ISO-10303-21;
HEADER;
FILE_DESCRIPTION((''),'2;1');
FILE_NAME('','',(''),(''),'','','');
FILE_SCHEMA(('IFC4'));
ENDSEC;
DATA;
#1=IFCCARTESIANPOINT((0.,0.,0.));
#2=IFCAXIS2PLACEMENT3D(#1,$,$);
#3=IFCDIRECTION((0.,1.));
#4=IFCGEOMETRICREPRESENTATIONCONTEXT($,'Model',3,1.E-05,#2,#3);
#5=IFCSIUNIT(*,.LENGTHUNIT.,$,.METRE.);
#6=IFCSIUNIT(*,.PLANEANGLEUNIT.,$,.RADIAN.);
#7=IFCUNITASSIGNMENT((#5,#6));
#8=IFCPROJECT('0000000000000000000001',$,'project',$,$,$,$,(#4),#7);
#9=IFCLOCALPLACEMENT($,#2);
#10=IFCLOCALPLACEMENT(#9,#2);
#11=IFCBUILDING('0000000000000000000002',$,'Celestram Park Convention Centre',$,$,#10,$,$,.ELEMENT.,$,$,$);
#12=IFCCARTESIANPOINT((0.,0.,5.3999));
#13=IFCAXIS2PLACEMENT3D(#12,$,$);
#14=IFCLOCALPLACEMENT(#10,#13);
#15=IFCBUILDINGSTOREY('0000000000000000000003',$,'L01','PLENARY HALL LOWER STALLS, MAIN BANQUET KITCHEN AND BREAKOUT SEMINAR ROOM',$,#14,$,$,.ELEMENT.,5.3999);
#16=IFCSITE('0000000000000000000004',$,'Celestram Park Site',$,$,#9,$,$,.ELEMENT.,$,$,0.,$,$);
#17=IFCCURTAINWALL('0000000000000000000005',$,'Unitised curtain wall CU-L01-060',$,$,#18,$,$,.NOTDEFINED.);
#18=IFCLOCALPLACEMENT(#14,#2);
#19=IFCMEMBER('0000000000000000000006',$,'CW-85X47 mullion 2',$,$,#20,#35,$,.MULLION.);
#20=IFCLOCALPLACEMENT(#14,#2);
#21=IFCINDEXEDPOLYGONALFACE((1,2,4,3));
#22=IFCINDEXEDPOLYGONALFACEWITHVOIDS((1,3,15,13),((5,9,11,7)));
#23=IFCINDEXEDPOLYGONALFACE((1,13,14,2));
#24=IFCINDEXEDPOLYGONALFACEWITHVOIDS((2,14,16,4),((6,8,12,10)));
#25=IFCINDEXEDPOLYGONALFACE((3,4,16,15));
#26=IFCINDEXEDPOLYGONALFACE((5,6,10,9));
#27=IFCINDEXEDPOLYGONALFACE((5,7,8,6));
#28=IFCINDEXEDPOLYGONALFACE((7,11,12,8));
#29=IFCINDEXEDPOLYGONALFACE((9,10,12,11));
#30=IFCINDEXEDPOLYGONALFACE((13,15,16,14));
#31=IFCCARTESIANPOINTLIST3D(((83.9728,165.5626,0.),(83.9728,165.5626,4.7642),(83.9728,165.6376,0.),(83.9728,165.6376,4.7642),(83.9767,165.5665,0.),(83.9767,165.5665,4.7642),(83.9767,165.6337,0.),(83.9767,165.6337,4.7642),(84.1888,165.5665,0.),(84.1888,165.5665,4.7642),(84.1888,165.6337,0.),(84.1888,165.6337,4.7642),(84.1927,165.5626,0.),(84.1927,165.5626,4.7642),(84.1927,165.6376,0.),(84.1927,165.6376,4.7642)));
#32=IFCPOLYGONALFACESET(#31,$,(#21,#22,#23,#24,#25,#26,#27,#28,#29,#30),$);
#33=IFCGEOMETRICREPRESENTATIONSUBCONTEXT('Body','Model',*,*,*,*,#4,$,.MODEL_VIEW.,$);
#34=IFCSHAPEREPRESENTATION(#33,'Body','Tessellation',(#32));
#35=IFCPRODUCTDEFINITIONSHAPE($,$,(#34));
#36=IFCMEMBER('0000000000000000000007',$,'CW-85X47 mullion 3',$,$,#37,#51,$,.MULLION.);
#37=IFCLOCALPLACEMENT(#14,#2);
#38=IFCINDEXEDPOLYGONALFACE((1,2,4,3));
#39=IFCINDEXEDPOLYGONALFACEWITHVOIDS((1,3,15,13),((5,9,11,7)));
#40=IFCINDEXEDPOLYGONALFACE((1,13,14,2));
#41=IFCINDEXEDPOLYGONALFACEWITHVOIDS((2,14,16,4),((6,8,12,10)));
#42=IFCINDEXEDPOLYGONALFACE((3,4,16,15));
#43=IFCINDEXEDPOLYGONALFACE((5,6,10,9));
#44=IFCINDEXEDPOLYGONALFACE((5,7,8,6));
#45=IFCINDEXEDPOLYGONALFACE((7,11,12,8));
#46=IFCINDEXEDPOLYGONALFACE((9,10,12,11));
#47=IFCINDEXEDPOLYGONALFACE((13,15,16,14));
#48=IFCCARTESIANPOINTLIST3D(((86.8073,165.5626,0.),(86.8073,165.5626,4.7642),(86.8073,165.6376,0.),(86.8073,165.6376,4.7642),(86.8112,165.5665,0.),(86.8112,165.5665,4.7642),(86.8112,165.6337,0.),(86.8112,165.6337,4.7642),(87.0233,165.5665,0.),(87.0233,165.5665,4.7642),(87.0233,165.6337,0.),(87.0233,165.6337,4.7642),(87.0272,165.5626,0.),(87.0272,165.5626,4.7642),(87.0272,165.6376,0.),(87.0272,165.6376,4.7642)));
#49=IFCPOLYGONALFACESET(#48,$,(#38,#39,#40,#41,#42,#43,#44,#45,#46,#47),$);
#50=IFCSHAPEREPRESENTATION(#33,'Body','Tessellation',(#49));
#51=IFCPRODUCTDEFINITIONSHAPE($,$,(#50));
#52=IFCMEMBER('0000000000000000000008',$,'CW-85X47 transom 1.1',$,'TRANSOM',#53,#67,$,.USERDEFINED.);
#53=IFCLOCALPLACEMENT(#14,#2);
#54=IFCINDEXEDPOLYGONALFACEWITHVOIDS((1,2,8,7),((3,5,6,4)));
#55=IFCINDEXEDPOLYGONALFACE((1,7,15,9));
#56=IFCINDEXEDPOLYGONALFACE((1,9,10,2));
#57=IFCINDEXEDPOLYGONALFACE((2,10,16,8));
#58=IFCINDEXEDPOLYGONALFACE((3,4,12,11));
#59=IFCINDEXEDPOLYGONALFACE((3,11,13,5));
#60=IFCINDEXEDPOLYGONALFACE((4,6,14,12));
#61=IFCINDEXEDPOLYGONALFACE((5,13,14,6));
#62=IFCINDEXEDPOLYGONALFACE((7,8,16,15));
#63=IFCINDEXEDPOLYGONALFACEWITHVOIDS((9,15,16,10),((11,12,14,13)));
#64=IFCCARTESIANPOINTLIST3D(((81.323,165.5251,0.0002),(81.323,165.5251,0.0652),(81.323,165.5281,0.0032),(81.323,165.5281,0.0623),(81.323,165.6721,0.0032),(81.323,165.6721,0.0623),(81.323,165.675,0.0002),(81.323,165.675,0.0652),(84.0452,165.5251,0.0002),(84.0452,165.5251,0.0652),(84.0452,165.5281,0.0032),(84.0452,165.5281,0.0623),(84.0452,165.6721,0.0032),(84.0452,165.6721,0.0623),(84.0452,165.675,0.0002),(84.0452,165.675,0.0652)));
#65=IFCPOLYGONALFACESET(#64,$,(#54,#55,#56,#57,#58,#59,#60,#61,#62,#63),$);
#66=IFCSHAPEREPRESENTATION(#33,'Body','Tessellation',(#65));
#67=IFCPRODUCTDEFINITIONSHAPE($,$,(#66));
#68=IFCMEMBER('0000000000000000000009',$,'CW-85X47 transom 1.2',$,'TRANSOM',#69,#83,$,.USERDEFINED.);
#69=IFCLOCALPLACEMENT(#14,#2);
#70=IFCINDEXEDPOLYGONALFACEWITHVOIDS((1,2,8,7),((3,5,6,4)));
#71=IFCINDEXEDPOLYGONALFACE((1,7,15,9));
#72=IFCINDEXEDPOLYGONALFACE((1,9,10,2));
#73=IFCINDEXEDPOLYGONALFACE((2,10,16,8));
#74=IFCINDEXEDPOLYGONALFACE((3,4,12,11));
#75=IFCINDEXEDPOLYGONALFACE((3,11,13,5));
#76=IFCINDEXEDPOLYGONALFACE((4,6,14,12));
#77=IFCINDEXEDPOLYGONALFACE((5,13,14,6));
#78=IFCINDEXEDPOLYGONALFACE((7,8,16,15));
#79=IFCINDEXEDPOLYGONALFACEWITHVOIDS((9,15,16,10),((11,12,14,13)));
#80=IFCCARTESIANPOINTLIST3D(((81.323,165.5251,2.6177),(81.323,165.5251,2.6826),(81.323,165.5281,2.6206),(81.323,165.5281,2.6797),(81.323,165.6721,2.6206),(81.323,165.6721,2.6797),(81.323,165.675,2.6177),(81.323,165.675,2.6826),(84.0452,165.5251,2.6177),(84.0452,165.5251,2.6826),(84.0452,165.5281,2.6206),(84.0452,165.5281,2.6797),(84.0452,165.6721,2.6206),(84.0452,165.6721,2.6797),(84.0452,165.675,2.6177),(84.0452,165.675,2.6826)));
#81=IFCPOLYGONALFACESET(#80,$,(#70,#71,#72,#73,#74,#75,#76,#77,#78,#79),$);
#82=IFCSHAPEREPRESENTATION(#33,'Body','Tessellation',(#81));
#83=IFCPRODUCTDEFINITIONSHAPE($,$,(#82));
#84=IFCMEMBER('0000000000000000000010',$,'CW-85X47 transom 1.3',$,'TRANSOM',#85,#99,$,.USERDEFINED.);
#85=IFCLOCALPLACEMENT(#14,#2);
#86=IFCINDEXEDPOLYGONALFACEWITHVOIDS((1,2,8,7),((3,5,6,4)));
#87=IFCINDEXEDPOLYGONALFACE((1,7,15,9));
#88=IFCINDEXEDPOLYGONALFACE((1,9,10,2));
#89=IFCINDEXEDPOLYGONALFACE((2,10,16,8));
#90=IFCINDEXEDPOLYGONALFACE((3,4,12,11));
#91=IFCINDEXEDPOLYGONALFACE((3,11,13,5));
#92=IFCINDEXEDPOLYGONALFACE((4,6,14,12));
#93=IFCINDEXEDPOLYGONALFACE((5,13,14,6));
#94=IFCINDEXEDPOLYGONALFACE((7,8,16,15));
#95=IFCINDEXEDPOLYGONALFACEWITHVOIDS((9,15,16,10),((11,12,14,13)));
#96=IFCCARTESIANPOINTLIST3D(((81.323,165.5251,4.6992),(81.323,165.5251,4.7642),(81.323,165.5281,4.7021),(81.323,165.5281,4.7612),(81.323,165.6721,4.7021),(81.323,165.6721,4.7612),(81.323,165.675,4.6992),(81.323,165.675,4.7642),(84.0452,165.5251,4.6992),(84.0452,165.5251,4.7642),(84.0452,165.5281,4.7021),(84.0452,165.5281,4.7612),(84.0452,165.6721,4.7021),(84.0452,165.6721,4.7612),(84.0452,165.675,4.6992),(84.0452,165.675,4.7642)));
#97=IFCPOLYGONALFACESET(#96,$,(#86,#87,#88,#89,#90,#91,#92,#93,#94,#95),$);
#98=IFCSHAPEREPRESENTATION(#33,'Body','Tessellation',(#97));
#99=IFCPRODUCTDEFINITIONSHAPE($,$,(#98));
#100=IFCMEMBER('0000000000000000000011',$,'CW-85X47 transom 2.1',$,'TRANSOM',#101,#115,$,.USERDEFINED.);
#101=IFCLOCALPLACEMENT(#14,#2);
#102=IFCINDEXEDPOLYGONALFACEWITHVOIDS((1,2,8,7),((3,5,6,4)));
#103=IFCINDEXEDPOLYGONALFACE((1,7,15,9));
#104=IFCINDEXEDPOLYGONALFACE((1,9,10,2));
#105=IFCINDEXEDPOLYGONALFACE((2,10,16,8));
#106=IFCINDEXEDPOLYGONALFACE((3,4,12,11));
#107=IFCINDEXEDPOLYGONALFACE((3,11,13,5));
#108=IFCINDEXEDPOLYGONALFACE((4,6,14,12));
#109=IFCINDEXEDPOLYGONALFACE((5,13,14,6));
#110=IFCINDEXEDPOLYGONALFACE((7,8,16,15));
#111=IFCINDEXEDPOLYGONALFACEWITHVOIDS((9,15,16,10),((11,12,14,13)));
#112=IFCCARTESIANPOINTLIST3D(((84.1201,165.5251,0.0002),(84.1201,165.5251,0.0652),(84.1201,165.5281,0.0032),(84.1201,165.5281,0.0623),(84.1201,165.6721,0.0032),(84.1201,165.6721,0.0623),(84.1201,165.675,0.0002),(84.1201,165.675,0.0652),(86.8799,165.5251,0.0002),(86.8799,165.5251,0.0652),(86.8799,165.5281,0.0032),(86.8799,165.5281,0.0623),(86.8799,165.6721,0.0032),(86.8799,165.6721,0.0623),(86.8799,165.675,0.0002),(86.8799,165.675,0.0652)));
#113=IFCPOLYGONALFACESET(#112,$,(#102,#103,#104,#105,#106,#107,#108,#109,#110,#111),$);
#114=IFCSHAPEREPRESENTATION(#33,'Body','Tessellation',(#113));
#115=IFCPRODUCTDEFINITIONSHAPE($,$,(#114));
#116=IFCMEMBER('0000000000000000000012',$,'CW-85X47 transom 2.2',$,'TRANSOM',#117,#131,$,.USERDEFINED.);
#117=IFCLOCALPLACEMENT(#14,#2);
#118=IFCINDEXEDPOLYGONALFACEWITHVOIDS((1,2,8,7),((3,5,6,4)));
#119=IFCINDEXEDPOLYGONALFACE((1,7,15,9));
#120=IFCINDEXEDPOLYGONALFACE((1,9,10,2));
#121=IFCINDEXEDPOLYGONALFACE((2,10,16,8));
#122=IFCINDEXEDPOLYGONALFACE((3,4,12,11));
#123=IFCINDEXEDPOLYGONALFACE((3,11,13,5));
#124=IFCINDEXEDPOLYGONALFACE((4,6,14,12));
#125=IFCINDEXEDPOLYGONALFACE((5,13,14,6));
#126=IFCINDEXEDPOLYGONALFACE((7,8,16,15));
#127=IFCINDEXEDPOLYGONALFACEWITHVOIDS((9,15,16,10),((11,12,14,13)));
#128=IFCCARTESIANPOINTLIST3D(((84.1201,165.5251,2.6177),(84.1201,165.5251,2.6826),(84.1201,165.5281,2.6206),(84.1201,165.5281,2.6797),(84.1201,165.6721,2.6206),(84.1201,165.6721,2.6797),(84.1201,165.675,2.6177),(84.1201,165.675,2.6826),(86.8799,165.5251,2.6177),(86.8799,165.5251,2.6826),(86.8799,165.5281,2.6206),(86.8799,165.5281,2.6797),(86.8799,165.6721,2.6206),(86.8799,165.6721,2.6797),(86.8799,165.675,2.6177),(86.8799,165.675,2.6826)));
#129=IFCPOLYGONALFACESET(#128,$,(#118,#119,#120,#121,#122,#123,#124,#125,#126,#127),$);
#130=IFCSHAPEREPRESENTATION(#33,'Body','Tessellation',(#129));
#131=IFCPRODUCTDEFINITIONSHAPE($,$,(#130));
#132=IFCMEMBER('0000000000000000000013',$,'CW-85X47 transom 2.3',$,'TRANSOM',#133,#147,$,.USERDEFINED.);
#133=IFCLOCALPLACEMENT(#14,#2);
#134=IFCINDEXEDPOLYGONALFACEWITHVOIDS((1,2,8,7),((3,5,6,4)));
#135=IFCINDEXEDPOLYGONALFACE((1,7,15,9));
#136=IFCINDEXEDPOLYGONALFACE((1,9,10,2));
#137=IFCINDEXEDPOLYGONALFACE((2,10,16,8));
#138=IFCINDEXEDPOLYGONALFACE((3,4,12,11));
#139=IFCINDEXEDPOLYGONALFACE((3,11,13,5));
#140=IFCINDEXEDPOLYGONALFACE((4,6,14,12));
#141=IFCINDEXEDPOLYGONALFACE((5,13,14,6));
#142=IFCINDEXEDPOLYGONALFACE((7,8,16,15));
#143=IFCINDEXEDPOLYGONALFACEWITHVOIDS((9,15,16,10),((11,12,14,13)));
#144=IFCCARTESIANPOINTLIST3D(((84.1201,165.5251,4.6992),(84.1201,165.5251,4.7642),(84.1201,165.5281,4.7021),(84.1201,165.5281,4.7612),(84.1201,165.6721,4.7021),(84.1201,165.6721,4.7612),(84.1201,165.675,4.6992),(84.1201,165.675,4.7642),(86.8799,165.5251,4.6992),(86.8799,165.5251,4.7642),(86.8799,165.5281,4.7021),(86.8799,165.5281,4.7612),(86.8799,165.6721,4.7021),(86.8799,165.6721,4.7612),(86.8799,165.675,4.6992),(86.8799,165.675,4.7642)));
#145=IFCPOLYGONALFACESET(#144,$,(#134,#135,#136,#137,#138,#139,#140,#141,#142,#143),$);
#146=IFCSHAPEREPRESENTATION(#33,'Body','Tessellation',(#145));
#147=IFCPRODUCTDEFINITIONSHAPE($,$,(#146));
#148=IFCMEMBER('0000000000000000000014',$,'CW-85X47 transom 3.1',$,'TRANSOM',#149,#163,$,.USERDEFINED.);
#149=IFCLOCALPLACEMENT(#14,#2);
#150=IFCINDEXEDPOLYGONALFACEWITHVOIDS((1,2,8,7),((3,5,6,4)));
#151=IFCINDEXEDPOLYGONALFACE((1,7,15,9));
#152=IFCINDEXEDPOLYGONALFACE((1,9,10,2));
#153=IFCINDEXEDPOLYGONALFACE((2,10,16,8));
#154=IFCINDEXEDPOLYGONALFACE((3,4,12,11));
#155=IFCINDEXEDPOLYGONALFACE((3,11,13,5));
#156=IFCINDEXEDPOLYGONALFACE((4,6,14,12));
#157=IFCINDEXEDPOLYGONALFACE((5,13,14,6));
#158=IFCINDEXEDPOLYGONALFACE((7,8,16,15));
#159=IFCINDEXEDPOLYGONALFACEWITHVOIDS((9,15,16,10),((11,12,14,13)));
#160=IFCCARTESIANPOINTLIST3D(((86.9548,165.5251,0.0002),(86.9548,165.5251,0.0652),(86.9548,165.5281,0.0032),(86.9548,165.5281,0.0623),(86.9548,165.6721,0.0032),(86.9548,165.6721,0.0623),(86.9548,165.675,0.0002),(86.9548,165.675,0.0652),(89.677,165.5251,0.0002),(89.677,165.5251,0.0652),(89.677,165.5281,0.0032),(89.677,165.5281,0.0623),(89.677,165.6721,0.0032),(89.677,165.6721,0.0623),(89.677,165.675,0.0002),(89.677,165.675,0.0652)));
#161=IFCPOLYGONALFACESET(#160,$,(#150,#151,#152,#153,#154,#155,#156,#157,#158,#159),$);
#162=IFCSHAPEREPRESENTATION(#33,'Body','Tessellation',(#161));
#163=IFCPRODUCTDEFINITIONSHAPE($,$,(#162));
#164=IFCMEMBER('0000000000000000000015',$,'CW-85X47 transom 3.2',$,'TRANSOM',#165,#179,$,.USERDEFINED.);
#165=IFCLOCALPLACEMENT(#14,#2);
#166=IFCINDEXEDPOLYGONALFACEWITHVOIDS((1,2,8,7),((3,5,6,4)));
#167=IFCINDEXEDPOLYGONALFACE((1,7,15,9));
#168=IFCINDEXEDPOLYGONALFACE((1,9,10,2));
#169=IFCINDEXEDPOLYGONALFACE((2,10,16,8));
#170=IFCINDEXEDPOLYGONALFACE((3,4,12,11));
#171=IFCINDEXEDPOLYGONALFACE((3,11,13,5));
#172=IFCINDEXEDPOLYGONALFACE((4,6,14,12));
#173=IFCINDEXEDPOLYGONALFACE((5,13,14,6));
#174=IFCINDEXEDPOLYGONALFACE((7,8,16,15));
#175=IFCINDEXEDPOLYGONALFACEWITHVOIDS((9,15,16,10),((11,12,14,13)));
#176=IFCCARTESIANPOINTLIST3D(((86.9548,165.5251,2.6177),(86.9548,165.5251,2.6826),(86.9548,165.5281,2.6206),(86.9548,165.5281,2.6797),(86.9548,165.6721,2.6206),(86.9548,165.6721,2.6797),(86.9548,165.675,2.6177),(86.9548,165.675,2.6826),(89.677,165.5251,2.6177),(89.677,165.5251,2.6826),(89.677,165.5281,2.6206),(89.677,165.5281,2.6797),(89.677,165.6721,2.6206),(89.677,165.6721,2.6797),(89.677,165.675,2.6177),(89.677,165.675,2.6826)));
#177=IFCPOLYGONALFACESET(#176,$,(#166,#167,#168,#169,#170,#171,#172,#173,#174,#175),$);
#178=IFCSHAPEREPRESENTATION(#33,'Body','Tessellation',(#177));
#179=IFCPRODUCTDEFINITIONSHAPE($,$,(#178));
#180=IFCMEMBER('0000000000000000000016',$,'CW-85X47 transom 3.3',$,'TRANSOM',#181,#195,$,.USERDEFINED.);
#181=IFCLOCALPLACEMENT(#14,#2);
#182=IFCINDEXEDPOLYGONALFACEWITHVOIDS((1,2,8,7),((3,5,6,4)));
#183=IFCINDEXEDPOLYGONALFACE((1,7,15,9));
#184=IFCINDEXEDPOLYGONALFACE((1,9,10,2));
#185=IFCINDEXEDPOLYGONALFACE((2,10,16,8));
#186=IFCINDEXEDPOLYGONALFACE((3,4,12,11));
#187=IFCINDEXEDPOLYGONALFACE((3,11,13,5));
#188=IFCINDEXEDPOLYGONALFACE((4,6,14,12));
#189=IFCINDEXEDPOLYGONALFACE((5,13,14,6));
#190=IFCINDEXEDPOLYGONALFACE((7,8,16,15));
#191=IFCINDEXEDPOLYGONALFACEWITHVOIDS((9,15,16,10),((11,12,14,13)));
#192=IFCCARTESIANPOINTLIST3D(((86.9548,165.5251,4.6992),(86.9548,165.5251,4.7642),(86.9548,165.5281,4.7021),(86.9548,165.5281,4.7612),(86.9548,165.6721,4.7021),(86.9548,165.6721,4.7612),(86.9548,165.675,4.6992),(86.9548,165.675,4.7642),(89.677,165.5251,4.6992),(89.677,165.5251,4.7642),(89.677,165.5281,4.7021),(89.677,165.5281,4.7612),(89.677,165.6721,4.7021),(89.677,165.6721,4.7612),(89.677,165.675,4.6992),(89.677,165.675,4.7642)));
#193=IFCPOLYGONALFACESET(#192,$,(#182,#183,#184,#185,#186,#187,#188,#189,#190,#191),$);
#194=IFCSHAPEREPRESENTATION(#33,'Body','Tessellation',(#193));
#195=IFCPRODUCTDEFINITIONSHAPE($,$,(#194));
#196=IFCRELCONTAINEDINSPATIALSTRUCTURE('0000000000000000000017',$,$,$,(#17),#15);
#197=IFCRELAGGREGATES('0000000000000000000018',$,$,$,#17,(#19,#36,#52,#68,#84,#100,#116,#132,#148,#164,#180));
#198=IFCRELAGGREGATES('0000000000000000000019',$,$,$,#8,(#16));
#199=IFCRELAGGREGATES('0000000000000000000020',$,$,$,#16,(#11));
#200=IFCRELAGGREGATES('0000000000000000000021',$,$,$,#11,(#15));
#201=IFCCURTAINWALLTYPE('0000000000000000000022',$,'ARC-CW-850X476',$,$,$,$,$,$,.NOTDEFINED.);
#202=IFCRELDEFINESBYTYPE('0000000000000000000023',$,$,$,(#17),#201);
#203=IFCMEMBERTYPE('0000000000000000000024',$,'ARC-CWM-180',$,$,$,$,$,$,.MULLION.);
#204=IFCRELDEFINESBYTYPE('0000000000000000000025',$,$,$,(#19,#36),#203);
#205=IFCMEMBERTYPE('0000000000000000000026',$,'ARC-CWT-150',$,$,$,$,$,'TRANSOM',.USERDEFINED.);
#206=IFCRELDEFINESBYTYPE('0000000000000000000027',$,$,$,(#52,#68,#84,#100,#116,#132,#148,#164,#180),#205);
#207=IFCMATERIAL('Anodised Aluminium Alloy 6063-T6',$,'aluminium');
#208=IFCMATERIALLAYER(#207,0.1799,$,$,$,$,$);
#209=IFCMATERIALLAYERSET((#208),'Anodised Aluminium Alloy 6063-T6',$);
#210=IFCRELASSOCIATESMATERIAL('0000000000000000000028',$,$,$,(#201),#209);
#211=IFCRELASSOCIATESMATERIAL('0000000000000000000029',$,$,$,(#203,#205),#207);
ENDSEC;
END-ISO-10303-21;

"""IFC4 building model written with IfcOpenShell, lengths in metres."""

from ifc_helpers import new_model, si_unit, direction, frame, origin, origin_2d, place, context, subcontext, project, spatial, hollow_rectangle, extrude, material, layer, layer_set, material_profile, profile_set, type_object, element, aggregate, save


model = new_model("IFC4")

# Units and contexts
model_context = context("Model", 3, precision=1e-05, world=origin(), true_north=direction((0.0, 1.0)))
body_context = subcontext(model_context, "Body", "Model", "MODEL_VIEW")
ifc_project = project(units=[si_unit("LENGTHUNIT", "METRE"), si_unit("PLANEANGLEUNIT", "RADIAN")], contexts=[model_context])

# Site, building, storey
site_placement = place(None, origin())
site = spatial("IfcSite", under=ifc_project, at=site_placement, Name="Celestram Park Site", CompositionType="ELEMENT", RefElevation=0.0)
building_placement = place(site_placement, origin())
building = spatial("IfcBuilding", under=site, at=building_placement, Name="Celestram Park Convention Centre", CompositionType="ELEMENT")
storey_placement = place(building_placement, frame((0.0, 0.0, 5.3999)))
storey = spatial("IfcBuildingStorey", under=building, at=storey_placement, Name="L01", Description="PLENARY HALL LOWER STALLS, MAIN BANQUET KITCHEN AND BREAKOUT SEMINAR ROOM", CompositionType="ELEMENT", Elevation=5.3999)

# Curtain wall, members
ifc_material_1 = material(Name="Anodised Aluminium Alloy 6063-T6", Category="aluminium")
ifc_layer_1 = layer(ifc_material_1, 0.1799)
ifc_layer_set_1 = layer_set([ifc_layer_1], Name="Anodised Aluminium Alloy 6063-T6")
curtain_wall_type = type_object("IfcCurtainWallType", Name="ARC-CW-850X476", PredefinedType="NOTDEFINED", material=ifc_layer_set_1)
curtain_wall_placement = place(storey_placement, origin())
curtain_wall = element("IfcCurtainWall", 1, at=curtain_wall_placement, inside=storey, type_object=curtain_wall_type, Name="Unitised curtain wall CU-L01-060", PredefinedType="NOTDEFINED")
ifc_material_profile_1 = material_profile(ifc_material_1, hollow_rectangle(XDim=0.075, YDim=0.22, WallThickness=0.0039, at=origin_2d()), Name="ALU75X220X4")
ifc_profile_set_1 = profile_set([ifc_material_profile_1], Name="Anodised Aluminium Alloy 6063-T6")
member_type_1 = type_object("IfcMemberType", Name="ARC-CWM-180", PredefinedType="MULLION", material=ifc_profile_set_1)
member_1_placement = place(storey_placement, frame((84.0828, 165.6001, 0.0), z_axis=(0.0, 0.0, 1.0), x_axis=(0.0, 1.0, 0.0)))
member_1 = element("IfcMember", 2, at=member_1_placement, type_object=member_type_1, Name="CW-85X47 mullion 2", PredefinedType="MULLION", context=body_context, shape_type="SweptSolid", body=[
    extrude(hollow_rectangle(XDim=0.075, YDim=0.22, WallThickness=0.0039, at=origin_2d()), origin(), (0.0, 0.0, 1.0), 4.7642),
])
member_2_placement = place(storey_placement, frame((86.9172, 165.6001, 0.0), z_axis=(0.0, 0.0, 1.0), x_axis=(0.0, 1.0, 0.0)))
member_2 = element("IfcMember", 3, at=member_2_placement, type_object=member_type_1, Name="CW-85X47 mullion 3", PredefinedType="MULLION", context=body_context, shape_type="SweptSolid", body=[
    extrude(hollow_rectangle(XDim=0.075, YDim=0.22, WallThickness=0.0039, at=origin_2d()), origin(), (0.0, 0.0, 1.0), 4.7642),
])
ifc_material_profile_2 = material_profile(ifc_material_1, hollow_rectangle(XDim=0.1499, YDim=0.0649, WallThickness=0.0029, at=origin_2d()), Name="ALU150X65X3")
ifc_profile_set_2 = profile_set([ifc_material_profile_2], Name="Anodised Aluminium Alloy 6063-T6")
member_type_2 = type_object("IfcMemberType", Name="ARC-CWT-150", ElementType="TRANSOM", PredefinedType="USERDEFINED", material=ifc_profile_set_2)
member_3_placement = place(storey_placement, frame((81.323, 165.6001, 0.0327), z_axis=(1.0, 0.0, 0.0), x_axis=(0.0, 1.0, 0.0)))
member_3 = element("IfcMember", 4, at=member_3_placement, type_object=member_type_2, Name="CW-85X47 transom 1.1", ObjectType="TRANSOM", PredefinedType="USERDEFINED", context=body_context, shape_type="SweptSolid", body=[
    extrude(hollow_rectangle(XDim=0.1499, YDim=0.0649, WallThickness=0.0029, at=origin_2d()), origin(), (0.0, 0.0, 1.0), 2.7222),
])
member_4_placement = place(storey_placement, frame((81.323, 165.6001, 2.6501), z_axis=(1.0, 0.0, 0.0), x_axis=(0.0, 1.0, 0.0)))
member_4 = element("IfcMember", 5, at=member_4_placement, type_object=member_type_2, Name="CW-85X47 transom 1.2", ObjectType="TRANSOM", PredefinedType="USERDEFINED", context=body_context, shape_type="SweptSolid", body=[
    extrude(hollow_rectangle(XDim=0.1499, YDim=0.0649, WallThickness=0.0029, at=origin_2d()), origin(), (0.0, 0.0, 1.0), 2.7222),
])
member_5_placement = place(storey_placement, frame((81.323, 165.6001, 4.7317), z_axis=(1.0, 0.0, 0.0), x_axis=(0.0, 1.0, 0.0)))
member_5 = element("IfcMember", 6, at=member_5_placement, type_object=member_type_2, Name="CW-85X47 transom 1.3", ObjectType="TRANSOM", PredefinedType="USERDEFINED", context=body_context, shape_type="SweptSolid", body=[
    extrude(hollow_rectangle(XDim=0.1499, YDim=0.0649, WallThickness=0.0029, at=origin_2d()), origin(), (0.0, 0.0, 1.0), 2.7222),
])
member_6_placement = place(storey_placement, frame((84.1201, 165.6001, 0.0327), z_axis=(1.0, 0.0, 0.0), x_axis=(0.0, 1.0, 0.0)))
member_6 = element("IfcMember", 7, at=member_6_placement, type_object=member_type_2, Name="CW-85X47 transom 2.1", ObjectType="TRANSOM", PredefinedType="USERDEFINED", context=body_context, shape_type="SweptSolid", body=[
    extrude(hollow_rectangle(XDim=0.1499, YDim=0.0649, WallThickness=0.0029, at=origin_2d()), origin(), (0.0, 0.0, 1.0), 2.7598),
])
member_7_placement = place(storey_placement, frame((84.1201, 165.6001, 2.6501), z_axis=(1.0, 0.0, 0.0), x_axis=(0.0, 1.0, 0.0)))
member_7 = element("IfcMember", 8, at=member_7_placement, type_object=member_type_2, Name="CW-85X47 transom 2.2", ObjectType="TRANSOM", PredefinedType="USERDEFINED", context=body_context, shape_type="SweptSolid", body=[
    extrude(hollow_rectangle(XDim=0.1499, YDim=0.0649, WallThickness=0.0029, at=origin_2d()), origin(), (0.0, 0.0, 1.0), 2.7598),
])
member_8_placement = place(storey_placement, frame((84.1201, 165.6001, 4.7317), z_axis=(1.0, 0.0, 0.0), x_axis=(0.0, 1.0, 0.0)))
member_8 = element("IfcMember", 9, at=member_8_placement, type_object=member_type_2, Name="CW-85X47 transom 2.3", ObjectType="TRANSOM", PredefinedType="USERDEFINED", context=body_context, shape_type="SweptSolid", body=[
    extrude(hollow_rectangle(XDim=0.1499, YDim=0.0649, WallThickness=0.0029, at=origin_2d()), origin(), (0.0, 0.0, 1.0), 2.7598),
])
member_9_placement = place(storey_placement, frame((86.9548, 165.6001, 0.0327), z_axis=(1.0, 0.0, 0.0), x_axis=(0.0, 1.0, 0.0)))
member_9 = element("IfcMember", 10, at=member_9_placement, type_object=member_type_2, Name="CW-85X47 transom 3.1", ObjectType="TRANSOM", PredefinedType="USERDEFINED", context=body_context, shape_type="SweptSolid", body=[
    extrude(hollow_rectangle(XDim=0.1499, YDim=0.0649, WallThickness=0.0029, at=origin_2d()), origin(), (0.0, 0.0, 1.0), 2.7222),
])
member_10_placement = place(storey_placement, frame((86.9548, 165.6001, 2.6501), z_axis=(1.0, 0.0, 0.0), x_axis=(0.0, 1.0, 0.0)))
member_10 = element("IfcMember", 11, at=member_10_placement, type_object=member_type_2, Name="CW-85X47 transom 3.2", ObjectType="TRANSOM", PredefinedType="USERDEFINED", context=body_context, shape_type="SweptSolid", body=[
    extrude(hollow_rectangle(XDim=0.1499, YDim=0.0649, WallThickness=0.0029, at=origin_2d()), origin(), (0.0, 0.0, 1.0), 2.7222),
])
member_11_placement = place(storey_placement, frame((86.9548, 165.6001, 4.7317), z_axis=(1.0, 0.0, 0.0), x_axis=(0.0, 1.0, 0.0)))
member_11 = element("IfcMember", 12, at=member_11_placement, type_object=member_type_2, Name="CW-85X47 transom 3.3", ObjectType="TRANSOM", PredefinedType="USERDEFINED", context=body_context, shape_type="SweptSolid", body=[
    extrude(hollow_rectangle(XDim=0.1499, YDim=0.0649, WallThickness=0.0029, at=origin_2d()), origin(), (0.0, 0.0, 1.0), 2.7222),
])

aggregate(curtain_wall, [member_1, member_2, member_3, member_4, member_5, member_6, member_7, member_8, member_9, member_10, member_11])

save(model, "model.ifc")
